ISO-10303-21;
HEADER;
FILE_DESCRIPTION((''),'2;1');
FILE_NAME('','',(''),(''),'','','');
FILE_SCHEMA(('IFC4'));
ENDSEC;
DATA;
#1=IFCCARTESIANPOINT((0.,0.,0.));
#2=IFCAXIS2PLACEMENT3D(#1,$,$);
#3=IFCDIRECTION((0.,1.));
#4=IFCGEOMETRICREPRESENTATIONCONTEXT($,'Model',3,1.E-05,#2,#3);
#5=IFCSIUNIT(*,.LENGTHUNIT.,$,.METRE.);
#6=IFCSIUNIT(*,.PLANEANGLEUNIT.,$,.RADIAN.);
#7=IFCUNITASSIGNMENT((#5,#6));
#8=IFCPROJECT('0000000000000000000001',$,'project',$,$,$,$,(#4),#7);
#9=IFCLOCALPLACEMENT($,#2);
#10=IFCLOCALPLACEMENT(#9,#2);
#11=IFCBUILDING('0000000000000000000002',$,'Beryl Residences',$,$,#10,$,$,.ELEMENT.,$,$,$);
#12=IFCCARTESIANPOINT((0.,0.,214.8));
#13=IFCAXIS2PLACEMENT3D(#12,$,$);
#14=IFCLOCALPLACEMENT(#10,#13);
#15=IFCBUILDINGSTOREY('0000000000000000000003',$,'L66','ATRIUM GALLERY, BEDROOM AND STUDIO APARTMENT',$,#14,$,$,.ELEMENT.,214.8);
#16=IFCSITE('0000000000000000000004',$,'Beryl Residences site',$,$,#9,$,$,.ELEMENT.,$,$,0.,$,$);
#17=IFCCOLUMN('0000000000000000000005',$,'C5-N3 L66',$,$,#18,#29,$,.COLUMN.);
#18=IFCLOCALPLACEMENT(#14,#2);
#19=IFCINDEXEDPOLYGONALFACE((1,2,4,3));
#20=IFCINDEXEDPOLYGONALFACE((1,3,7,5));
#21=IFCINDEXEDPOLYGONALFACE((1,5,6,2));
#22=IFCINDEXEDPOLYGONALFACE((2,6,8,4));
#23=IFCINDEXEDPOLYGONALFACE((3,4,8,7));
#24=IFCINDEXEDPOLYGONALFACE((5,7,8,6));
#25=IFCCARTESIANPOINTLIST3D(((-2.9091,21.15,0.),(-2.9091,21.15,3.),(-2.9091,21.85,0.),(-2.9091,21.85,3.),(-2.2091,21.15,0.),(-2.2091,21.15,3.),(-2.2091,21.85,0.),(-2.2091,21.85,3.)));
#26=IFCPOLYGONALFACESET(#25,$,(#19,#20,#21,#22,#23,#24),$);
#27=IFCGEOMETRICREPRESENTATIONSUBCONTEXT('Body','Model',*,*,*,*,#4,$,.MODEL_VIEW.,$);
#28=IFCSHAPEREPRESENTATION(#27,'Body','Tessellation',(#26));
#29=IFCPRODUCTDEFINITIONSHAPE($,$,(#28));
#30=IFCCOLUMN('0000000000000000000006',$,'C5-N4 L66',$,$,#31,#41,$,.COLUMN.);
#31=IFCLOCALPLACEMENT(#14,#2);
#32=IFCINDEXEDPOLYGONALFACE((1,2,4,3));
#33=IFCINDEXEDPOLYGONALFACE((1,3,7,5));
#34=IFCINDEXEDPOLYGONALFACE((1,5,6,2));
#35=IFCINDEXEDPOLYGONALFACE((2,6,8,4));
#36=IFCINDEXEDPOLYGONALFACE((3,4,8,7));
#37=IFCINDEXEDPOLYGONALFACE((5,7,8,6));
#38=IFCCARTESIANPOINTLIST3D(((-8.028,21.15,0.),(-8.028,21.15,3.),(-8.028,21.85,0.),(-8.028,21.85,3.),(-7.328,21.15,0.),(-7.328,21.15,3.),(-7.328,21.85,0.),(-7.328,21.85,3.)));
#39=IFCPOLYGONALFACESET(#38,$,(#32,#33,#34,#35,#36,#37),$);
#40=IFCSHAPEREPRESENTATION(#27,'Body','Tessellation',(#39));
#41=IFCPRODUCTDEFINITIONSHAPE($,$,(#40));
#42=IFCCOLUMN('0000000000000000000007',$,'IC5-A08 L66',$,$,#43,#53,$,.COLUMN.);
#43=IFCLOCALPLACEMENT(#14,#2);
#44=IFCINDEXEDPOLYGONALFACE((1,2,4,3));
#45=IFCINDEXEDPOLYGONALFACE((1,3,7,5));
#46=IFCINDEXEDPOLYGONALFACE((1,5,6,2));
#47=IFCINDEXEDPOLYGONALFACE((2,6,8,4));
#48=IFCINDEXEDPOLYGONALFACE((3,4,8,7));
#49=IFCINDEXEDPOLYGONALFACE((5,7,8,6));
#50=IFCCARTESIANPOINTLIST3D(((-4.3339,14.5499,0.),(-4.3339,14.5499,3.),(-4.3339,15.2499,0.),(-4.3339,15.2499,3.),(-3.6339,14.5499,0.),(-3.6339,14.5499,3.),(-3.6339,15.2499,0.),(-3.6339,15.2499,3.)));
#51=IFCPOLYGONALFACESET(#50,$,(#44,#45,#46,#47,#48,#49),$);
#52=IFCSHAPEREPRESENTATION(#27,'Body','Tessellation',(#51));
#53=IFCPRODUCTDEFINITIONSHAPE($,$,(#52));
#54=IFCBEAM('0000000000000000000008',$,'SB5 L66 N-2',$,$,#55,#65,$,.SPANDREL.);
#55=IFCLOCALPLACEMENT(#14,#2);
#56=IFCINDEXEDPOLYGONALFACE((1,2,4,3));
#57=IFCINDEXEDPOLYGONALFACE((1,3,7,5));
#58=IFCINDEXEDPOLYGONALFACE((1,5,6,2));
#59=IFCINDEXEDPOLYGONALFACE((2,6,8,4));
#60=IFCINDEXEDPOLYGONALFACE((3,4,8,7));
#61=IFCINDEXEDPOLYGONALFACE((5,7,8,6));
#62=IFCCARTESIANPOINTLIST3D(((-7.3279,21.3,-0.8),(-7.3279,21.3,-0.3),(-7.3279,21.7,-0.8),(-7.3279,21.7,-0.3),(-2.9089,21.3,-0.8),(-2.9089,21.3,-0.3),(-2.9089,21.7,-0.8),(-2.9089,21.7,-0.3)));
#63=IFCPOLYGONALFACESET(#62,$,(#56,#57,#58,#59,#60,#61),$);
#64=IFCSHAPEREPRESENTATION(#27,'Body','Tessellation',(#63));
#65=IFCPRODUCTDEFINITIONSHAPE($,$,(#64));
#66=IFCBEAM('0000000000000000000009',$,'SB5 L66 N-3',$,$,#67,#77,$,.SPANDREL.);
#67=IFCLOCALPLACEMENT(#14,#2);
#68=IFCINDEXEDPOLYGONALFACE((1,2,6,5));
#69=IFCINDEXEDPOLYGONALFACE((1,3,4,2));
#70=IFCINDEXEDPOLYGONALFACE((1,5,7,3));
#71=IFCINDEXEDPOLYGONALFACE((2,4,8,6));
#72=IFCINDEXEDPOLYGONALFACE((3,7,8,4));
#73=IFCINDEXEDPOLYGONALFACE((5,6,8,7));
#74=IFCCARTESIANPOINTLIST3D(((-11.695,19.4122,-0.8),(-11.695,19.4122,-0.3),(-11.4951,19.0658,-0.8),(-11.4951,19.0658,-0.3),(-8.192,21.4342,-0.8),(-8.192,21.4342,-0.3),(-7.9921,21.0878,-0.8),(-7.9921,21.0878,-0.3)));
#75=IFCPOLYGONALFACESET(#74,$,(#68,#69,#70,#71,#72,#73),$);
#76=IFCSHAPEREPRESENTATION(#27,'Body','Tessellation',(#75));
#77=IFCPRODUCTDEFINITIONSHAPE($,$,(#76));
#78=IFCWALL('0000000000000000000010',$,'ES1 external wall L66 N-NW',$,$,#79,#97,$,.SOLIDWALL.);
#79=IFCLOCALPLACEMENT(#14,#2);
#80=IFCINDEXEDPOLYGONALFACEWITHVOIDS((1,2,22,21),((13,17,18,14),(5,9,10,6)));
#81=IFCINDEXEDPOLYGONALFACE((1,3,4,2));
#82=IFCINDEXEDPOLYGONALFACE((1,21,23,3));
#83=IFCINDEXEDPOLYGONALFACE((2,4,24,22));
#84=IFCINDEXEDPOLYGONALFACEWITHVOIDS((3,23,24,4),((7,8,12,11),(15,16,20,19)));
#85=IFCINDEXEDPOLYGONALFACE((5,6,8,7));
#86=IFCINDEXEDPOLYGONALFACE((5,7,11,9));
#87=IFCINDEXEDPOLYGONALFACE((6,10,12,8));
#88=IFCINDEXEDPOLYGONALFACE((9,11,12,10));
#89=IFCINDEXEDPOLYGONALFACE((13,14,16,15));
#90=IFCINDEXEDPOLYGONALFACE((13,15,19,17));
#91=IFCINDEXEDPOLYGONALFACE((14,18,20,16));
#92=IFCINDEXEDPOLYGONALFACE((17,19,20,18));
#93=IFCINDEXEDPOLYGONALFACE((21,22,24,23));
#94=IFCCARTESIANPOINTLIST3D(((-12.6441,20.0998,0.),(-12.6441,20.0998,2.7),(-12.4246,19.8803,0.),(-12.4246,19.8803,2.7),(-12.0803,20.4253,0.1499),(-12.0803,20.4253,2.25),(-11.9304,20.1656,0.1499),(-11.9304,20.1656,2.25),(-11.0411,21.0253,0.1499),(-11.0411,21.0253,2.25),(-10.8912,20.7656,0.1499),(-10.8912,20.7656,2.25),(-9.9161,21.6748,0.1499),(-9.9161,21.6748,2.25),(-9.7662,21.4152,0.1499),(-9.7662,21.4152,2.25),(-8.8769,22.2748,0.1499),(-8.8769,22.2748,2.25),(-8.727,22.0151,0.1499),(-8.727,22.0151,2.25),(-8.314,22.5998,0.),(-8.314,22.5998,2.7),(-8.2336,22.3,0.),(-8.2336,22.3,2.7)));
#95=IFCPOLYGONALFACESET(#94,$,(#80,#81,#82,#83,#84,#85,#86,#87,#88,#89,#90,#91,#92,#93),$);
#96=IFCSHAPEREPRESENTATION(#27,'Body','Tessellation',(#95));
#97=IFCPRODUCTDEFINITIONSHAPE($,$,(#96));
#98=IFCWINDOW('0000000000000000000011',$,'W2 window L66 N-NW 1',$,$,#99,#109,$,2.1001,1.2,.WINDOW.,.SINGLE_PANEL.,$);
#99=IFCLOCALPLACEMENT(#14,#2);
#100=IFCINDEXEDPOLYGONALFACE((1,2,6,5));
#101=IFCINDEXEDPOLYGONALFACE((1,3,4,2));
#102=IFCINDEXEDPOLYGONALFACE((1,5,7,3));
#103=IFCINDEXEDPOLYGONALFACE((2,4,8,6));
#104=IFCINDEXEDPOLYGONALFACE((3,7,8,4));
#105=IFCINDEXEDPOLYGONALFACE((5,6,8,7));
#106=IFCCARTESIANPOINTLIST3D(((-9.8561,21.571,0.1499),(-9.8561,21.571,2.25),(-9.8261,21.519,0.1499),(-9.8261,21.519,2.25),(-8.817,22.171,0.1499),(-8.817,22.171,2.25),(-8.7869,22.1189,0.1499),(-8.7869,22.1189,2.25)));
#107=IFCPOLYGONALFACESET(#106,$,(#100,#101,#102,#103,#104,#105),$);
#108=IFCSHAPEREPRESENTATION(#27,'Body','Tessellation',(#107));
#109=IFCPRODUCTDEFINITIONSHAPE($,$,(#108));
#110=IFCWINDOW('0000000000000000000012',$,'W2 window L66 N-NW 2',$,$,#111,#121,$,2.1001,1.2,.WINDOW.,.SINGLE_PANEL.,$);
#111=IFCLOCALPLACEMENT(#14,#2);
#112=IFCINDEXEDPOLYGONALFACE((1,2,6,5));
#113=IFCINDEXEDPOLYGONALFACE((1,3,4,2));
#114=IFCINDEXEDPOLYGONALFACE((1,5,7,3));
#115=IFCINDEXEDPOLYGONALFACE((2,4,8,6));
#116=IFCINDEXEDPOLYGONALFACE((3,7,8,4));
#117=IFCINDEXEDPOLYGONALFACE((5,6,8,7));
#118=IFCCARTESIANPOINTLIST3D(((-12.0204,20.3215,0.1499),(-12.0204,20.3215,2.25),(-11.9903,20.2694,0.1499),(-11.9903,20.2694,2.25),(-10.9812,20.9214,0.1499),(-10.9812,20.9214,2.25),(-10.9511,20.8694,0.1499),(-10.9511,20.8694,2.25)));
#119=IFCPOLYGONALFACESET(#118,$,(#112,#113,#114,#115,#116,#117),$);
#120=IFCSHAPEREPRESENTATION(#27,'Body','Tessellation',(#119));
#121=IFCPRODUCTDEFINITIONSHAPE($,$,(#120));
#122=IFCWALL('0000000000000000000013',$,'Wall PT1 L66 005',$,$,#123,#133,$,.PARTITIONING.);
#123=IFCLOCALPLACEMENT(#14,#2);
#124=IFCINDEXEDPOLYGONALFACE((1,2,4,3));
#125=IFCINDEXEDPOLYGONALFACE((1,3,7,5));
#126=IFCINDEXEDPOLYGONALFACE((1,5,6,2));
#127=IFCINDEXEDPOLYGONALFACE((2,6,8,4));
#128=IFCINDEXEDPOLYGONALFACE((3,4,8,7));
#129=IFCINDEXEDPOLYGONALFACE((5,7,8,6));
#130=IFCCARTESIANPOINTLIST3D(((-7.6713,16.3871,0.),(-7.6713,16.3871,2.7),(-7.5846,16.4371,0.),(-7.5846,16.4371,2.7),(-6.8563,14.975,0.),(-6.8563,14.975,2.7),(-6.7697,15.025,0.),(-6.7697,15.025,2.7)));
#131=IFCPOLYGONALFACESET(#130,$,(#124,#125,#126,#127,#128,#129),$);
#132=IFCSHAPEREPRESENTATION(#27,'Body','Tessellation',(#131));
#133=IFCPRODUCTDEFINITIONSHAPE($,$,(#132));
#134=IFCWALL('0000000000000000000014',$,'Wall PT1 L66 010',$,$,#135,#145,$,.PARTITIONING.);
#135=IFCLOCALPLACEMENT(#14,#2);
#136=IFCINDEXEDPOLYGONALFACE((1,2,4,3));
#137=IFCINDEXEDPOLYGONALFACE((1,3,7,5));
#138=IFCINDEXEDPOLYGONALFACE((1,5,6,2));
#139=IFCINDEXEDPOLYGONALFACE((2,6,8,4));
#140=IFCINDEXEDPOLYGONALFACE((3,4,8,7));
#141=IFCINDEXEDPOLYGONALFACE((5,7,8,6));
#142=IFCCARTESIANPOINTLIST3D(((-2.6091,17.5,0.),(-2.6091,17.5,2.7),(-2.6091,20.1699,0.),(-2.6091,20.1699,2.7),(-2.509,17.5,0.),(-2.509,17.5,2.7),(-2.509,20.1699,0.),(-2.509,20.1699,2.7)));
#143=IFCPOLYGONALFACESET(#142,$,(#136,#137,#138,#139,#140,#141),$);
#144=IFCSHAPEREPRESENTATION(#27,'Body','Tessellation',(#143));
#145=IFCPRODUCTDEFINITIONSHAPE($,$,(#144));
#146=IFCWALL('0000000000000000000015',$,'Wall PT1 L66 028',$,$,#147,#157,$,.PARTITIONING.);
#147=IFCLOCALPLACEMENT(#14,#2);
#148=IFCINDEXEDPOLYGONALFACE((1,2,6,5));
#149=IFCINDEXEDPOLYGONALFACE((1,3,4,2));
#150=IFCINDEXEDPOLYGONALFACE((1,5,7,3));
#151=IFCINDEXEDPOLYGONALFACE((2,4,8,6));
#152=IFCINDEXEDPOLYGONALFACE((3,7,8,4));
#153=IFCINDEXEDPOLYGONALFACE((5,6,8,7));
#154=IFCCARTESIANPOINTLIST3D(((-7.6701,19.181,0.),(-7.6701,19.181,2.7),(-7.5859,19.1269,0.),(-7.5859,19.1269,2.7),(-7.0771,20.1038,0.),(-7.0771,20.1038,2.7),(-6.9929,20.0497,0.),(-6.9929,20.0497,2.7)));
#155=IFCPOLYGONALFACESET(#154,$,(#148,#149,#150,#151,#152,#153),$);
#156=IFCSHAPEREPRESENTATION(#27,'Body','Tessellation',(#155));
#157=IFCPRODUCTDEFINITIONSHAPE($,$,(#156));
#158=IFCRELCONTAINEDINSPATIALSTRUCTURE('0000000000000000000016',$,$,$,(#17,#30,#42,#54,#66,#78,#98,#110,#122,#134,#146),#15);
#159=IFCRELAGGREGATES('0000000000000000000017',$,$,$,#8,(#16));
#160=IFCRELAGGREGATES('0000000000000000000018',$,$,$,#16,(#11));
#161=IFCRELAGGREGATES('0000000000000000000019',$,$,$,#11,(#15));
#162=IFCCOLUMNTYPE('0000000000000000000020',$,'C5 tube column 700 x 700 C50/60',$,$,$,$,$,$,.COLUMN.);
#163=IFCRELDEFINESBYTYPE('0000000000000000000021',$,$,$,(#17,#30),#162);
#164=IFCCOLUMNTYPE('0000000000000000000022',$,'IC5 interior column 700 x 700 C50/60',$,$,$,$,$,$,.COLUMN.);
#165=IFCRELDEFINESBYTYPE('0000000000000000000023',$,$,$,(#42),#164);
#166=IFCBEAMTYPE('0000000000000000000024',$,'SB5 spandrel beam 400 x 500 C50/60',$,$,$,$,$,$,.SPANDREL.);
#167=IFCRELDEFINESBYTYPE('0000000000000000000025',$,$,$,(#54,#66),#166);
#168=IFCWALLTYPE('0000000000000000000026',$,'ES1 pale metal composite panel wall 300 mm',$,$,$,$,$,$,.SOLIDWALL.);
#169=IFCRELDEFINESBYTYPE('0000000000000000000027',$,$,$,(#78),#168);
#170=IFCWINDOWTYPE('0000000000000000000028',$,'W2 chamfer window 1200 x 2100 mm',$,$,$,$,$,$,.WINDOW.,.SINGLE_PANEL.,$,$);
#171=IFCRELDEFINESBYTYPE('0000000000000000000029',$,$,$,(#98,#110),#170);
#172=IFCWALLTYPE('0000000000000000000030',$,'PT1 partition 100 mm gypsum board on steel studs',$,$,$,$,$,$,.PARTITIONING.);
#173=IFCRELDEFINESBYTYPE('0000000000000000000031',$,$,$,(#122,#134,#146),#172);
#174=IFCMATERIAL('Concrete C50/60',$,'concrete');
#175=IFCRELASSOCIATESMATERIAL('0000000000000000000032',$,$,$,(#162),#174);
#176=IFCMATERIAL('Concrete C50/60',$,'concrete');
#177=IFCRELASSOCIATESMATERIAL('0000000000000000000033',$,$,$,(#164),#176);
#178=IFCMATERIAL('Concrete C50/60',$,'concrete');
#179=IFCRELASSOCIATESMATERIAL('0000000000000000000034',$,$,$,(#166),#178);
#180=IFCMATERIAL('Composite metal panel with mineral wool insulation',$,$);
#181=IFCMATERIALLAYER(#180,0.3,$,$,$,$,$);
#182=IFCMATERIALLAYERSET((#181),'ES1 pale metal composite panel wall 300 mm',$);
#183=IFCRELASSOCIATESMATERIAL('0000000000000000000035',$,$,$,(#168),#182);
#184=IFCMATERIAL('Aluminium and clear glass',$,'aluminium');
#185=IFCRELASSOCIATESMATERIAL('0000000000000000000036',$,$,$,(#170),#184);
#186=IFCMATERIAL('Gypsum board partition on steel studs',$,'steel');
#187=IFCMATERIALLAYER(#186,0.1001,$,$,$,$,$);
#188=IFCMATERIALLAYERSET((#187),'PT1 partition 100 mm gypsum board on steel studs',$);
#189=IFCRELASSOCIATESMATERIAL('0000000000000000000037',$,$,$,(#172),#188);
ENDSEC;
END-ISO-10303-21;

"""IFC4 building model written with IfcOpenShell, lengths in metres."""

from ifc_helpers import new_model, si_unit, direction, frame, frame_2d, origin, origin_2d, place, context, subcontext, project, spatial, polyline, rectangle, outline, extrude, material, layer, layer_set, material_profile, profile_set, type_object, element, fill, save


model = new_model("IFC4")

# Units and contexts
model_context = context("Model", 3, precision=1e-05, world=origin(), true_north=direction((0.0, 1.0)))
body_context = subcontext(model_context, "Body", "Model", "MODEL_VIEW")
ifc_project = project(units=[si_unit("LENGTHUNIT", "METRE"), si_unit("PLANEANGLEUNIT", "RADIAN")], contexts=[model_context])

# Site, building, storey
site_placement = place(None, origin())
site = spatial("IfcSite", under=ifc_project, at=site_placement, Name="Beryl Residences site", CompositionType="ELEMENT", RefElevation=0.0)
building_placement = place(site_placement, origin())
building = spatial("IfcBuilding", under=site, at=building_placement, Name="Beryl Residences", CompositionType="ELEMENT")
storey_placement = place(building_placement, frame((0.0, 0.0, 214.8)))
storey = spatial("IfcBuildingStorey", under=building, at=storey_placement, Name="L66", Description="ATRIUM GALLERY, BEDROOM AND STUDIO APARTMENT", CompositionType="ELEMENT", Elevation=214.8)

# Columns
ifc_material_1 = material(Name="Concrete C50/60", Category="concrete")
ifc_material_profile_1 = material_profile(ifc_material_1, rectangle(XDim=0.7, YDim=0.7, at=origin_2d()))
ifc_profile_set_1 = profile_set([ifc_material_profile_1], Name="Concrete C50/60")
column_type_1 = type_object("IfcColumnType", Name="C5 tube column 700 x 700 C50/60", PredefinedType="COLUMN", material=ifc_profile_set_1)
for number, where, z_axis, x_axis, name in (
    (1, (-2.5591, 21.5, 0.0), (0.0, 0.0, 1.0), (-1.0, 0.0, 0.0), "C5-N3 L66"),
    (2, (-7.678, 21.5, 0.0), (0.0, 0.0, 1.0), (-1.0, 0.0, 0.0), "C5-N4 L66"),
):
    element("IfcColumn", number, at=place(storey_placement, frame(where, z_axis=z_axis, x_axis=x_axis)), inside=storey, type_object=column_type_1, Name=name, PredefinedType="COLUMN", context=body_context, shape_type="SweptSolid", body=[
        extrude(rectangle(XDim=0.7, YDim=0.7, at=origin_2d()), origin(), (0.0, 0.0, 1.0), 3.0),
    ])
ifc_material_2 = material(Name="Concrete C50/60", Category="concrete")
ifc_material_profile_2 = material_profile(ifc_material_2, rectangle(XDim=0.7, YDim=0.7, at=origin_2d()))
ifc_profile_set_2 = profile_set([ifc_material_profile_2], Name="Concrete C50/60")
column_type_2 = type_object("IfcColumnType", Name="IC5 interior column 700 x 700 C50/60", PredefinedType="COLUMN", material=ifc_profile_set_2)
column_placement = place(storey_placement, frame((-3.9839, 14.8999, 0.0), z_axis=(0.0, 0.0, 1.0), x_axis=(1.0, 0.0, 0.0)))
element("IfcColumn", 3, at=column_placement, inside=storey, type_object=column_type_2, Name="IC5-A08 L66", PredefinedType="COLUMN", context=body_context, shape_type="SweptSolid", body=[
    extrude(rectangle(XDim=0.7, YDim=0.7, at=origin_2d()), origin(), (0.0, 0.0, 1.0), 3.0),
])

# Beams
ifc_material_3 = material(Name="Concrete C50/60", Category="concrete")
ifc_material_profile_3 = material_profile(ifc_material_3, rectangle(XDim=0.3999, YDim=0.5, at=origin_2d()))
ifc_profile_set_3 = profile_set([ifc_material_profile_3], Name="Concrete C50/60")
beam_type = type_object("IfcBeamType", Name="SB5 spandrel beam 400 x 500 C50/60", PredefinedType="SPANDREL", material=ifc_profile_set_3)
beam_1_placement = place(storey_placement, frame((-2.9089, 21.5, -0.55), z_axis=(-1.0, 0.0, 0.0), x_axis=(0.0, -1.0, 0.0)))
element("IfcBeam", 4, at=beam_1_placement, inside=storey, type_object=beam_type, Name="SB5 L66 N-2", PredefinedType="SPANDREL", context=body_context, shape_type="SweptSolid", body=[
    extrude(rectangle(XDim=0.3999, YDim=0.5, at=origin_2d()), origin(), (0.0, 0.0, 1.0), 4.4189),
])
beam_2_placement = place(storey_placement, frame((-8.092, 21.261, -0.55), z_axis=(-0.866073, -0.499918, 0.0), x_axis=(0.499918, -0.866073, 0.0)))
element("IfcBeam", 5, at=beam_2_placement, inside=storey, type_object=beam_type, Name="SB5 L66 N-3", PredefinedType="SPANDREL", context=body_context, shape_type="SweptSolid", body=[
    extrude(rectangle(XDim=0.3999, YDim=0.5, at=origin_2d()), origin(), (0.0, 0.0, 1.0), 4.0447),
])

# Wall, openings, windows
ifc_material_4 = material(Name="Composite metal panel with mineral wool insulation")
ifc_layer_1 = layer(ifc_material_4, 0.3)
ifc_layer_set_1 = layer_set([ifc_layer_1], Name="ES1 pale metal composite panel wall 300 mm")
wall_type_1 = type_object("IfcWallType", Name="ES1 pale metal composite panel wall 300 mm", PredefinedType="SOLIDWALL", material=ifc_layer_set_1)
wall_1_placement = place(storey_placement, frame((-8.239, 22.47, 0.0), z_axis=(0.0, 0.0, 1.0), x_axis=(-0.866023, -0.500004, 0.0)))
wall_1 = element("IfcWall", 6, at=wall_1_placement, inside=storey, type_object=wall_type_1, Name="ES1 external wall L66 N-NW", PredefinedType="SOLIDWALL", context=body_context, shape_type="SweptSolid", body=[
    extrude(outline(polyline([(0.0, -0.1499), (5.0, -0.1499), (4.9197, 0.1499), (0.0803, 0.1499), (0.0, -0.1499)])), origin(), (0.0, 0.0, 1.0), 2.7),
])
opening_1_placement = place(wall_1_placement, frame((0.6499, 0.0, 0.1499)))
opening_1 = element("IfcOpeningElement", 7, at=opening_1_placement, cuts=wall_1, PredefinedType="OPENING", context=body_context, shape_type="SweptSolid", body=[
    extrude(rectangle(XDim=1.2, YDim=2.1001, at=frame_2d((0.6001, 1.05))), frame((0.0, 0.1599, 0.0), z_axis=(0.0, -1.0, 0.0), x_axis=(1.0, 0.0, 0.0)), (0.0, 0.0, 1.0), 0.3201),
])
opening_2_placement = place(wall_1_placement, frame((3.1489, 0.0, 0.1499)))
opening_2 = element("IfcOpeningElement", 8, at=opening_2_placement, cuts=wall_1, PredefinedType="OPENING", context=body_context, shape_type="SweptSolid", body=[
    extrude(rectangle(XDim=1.2, YDim=2.1001, at=frame_2d((0.6001, 1.05))), frame((0.0, 0.1599, 0.0), z_axis=(0.0, -1.0, 0.0), x_axis=(1.0, 0.0, 0.0)), (0.0, 0.0, 1.0), 0.3201),
])
ifc_material_5 = material(Name="Aluminium and clear glass", Category="aluminium")
window_type = type_object("IfcWindowType", Name="W2 chamfer window 1200 x 2100 mm", PartitioningType="SINGLE_PANEL", PredefinedType="WINDOW", material=ifc_material_5)
window_1_placement = place(opening_1_placement, origin())
window_1 = element("IfcWindow", 9, at=window_1_placement, inside=storey, type_object=window_type, Name="W2 window L66 N-NW 1", OverallHeight=2.1001, OverallWidth=1.2, PartitioningType="SINGLE_PANEL", PredefinedType="WINDOW", context=body_context, shape_type="SweptSolid", body=[
    extrude(rectangle(XDim=1.2, YDim=2.1001, at=frame_2d((0.6001, 1.05))), frame((0.0, 0.03, 0.0), z_axis=(0.0, -1.0, 0.0), x_axis=(1.0, 0.0, 0.0)), (0.0, 0.0, 1.0), 0.0601),
])
fill(opening_1, window_1)
window_2_placement = place(opening_2_placement, origin())
window_2 = element("IfcWindow", 10, at=window_2_placement, inside=storey, type_object=window_type, Name="W2 window L66 N-NW 2", OverallHeight=2.1001, OverallWidth=1.2, PartitioningType="SINGLE_PANEL", PredefinedType="WINDOW", context=body_context, shape_type="SweptSolid", body=[
    extrude(rectangle(XDim=1.2, YDim=2.1001, at=frame_2d((0.6001, 1.05))), frame((0.0, 0.03, 0.0), z_axis=(0.0, -1.0, 0.0), x_axis=(1.0, 0.0, 0.0)), (0.0, 0.0, 1.0), 0.0601),
])
fill(opening_2, window_2)

# Walls
ifc_material_6 = material(Name="Gypsum board partition on steel studs", Category="steel")
ifc_layer_2 = layer(ifc_material_6, 0.1001)
ifc_layer_set_2 = layer_set([ifc_layer_2], Name="PT1 partition 100 mm gypsum board on steel studs")
wall_type_2 = type_object("IfcWallType", Name="PT1 partition 100 mm gypsum board on steel studs", PredefinedType="PARTITIONING", material=ifc_layer_set_2)
wall_2_placement = place(storey_placement, frame((-7.6279, 16.4121, 0.0), z_axis=(0.0, 0.0, 1.0), x_axis=(0.499843, -0.866116, 0.0)))
element("IfcWall", 11, at=wall_2_placement, inside=storey, type_object=wall_type_2, Name="Wall PT1 L66 005", PredefinedType="PARTITIONING", context=body_context, shape_type="SweptSolid", body=[
    extrude(rectangle(XDim=1.6304, YDim=0.1001, at=frame_2d((0.8152, 0.0))), origin(), (0.0, 0.0, 1.0), 2.7),
])
wall_3_placement = place(storey_placement, frame((-2.5591, 20.1699, 0.0), z_axis=(0.0, 0.0, 1.0), x_axis=(0.0, -1.0, 0.0)))
element("IfcWall", 12, at=wall_3_placement, inside=storey, type_object=wall_type_2, Name="Wall PT1 L66 010", PredefinedType="PARTITIONING", context=body_context, shape_type="SweptSolid", body=[
    extrude(rectangle(XDim=2.6699, YDim=0.1001, at=frame_2d((1.335, 0.0))), origin(), (0.0, 0.0, 1.0), 2.7),
])
wall_4_placement = place(storey_placement, frame((-7.6279, 19.1541, 0.0), z_axis=(0.0, 0.0, 1.0), x_axis=(0.5406, 0.84128, 0.0)))
element("IfcWall", 13, at=wall_4_placement, inside=storey, type_object=wall_type_2, Name="Wall PT1 L66 028", PredefinedType="PARTITIONING", context=body_context, shape_type="SweptSolid", body=[
    extrude(rectangle(XDim=1.0969, YDim=0.1001, at=frame_2d((0.5483, 0.0))), origin(), (0.0, 0.0, 1.0), 2.7),
])

save(model, "model.ifc")
